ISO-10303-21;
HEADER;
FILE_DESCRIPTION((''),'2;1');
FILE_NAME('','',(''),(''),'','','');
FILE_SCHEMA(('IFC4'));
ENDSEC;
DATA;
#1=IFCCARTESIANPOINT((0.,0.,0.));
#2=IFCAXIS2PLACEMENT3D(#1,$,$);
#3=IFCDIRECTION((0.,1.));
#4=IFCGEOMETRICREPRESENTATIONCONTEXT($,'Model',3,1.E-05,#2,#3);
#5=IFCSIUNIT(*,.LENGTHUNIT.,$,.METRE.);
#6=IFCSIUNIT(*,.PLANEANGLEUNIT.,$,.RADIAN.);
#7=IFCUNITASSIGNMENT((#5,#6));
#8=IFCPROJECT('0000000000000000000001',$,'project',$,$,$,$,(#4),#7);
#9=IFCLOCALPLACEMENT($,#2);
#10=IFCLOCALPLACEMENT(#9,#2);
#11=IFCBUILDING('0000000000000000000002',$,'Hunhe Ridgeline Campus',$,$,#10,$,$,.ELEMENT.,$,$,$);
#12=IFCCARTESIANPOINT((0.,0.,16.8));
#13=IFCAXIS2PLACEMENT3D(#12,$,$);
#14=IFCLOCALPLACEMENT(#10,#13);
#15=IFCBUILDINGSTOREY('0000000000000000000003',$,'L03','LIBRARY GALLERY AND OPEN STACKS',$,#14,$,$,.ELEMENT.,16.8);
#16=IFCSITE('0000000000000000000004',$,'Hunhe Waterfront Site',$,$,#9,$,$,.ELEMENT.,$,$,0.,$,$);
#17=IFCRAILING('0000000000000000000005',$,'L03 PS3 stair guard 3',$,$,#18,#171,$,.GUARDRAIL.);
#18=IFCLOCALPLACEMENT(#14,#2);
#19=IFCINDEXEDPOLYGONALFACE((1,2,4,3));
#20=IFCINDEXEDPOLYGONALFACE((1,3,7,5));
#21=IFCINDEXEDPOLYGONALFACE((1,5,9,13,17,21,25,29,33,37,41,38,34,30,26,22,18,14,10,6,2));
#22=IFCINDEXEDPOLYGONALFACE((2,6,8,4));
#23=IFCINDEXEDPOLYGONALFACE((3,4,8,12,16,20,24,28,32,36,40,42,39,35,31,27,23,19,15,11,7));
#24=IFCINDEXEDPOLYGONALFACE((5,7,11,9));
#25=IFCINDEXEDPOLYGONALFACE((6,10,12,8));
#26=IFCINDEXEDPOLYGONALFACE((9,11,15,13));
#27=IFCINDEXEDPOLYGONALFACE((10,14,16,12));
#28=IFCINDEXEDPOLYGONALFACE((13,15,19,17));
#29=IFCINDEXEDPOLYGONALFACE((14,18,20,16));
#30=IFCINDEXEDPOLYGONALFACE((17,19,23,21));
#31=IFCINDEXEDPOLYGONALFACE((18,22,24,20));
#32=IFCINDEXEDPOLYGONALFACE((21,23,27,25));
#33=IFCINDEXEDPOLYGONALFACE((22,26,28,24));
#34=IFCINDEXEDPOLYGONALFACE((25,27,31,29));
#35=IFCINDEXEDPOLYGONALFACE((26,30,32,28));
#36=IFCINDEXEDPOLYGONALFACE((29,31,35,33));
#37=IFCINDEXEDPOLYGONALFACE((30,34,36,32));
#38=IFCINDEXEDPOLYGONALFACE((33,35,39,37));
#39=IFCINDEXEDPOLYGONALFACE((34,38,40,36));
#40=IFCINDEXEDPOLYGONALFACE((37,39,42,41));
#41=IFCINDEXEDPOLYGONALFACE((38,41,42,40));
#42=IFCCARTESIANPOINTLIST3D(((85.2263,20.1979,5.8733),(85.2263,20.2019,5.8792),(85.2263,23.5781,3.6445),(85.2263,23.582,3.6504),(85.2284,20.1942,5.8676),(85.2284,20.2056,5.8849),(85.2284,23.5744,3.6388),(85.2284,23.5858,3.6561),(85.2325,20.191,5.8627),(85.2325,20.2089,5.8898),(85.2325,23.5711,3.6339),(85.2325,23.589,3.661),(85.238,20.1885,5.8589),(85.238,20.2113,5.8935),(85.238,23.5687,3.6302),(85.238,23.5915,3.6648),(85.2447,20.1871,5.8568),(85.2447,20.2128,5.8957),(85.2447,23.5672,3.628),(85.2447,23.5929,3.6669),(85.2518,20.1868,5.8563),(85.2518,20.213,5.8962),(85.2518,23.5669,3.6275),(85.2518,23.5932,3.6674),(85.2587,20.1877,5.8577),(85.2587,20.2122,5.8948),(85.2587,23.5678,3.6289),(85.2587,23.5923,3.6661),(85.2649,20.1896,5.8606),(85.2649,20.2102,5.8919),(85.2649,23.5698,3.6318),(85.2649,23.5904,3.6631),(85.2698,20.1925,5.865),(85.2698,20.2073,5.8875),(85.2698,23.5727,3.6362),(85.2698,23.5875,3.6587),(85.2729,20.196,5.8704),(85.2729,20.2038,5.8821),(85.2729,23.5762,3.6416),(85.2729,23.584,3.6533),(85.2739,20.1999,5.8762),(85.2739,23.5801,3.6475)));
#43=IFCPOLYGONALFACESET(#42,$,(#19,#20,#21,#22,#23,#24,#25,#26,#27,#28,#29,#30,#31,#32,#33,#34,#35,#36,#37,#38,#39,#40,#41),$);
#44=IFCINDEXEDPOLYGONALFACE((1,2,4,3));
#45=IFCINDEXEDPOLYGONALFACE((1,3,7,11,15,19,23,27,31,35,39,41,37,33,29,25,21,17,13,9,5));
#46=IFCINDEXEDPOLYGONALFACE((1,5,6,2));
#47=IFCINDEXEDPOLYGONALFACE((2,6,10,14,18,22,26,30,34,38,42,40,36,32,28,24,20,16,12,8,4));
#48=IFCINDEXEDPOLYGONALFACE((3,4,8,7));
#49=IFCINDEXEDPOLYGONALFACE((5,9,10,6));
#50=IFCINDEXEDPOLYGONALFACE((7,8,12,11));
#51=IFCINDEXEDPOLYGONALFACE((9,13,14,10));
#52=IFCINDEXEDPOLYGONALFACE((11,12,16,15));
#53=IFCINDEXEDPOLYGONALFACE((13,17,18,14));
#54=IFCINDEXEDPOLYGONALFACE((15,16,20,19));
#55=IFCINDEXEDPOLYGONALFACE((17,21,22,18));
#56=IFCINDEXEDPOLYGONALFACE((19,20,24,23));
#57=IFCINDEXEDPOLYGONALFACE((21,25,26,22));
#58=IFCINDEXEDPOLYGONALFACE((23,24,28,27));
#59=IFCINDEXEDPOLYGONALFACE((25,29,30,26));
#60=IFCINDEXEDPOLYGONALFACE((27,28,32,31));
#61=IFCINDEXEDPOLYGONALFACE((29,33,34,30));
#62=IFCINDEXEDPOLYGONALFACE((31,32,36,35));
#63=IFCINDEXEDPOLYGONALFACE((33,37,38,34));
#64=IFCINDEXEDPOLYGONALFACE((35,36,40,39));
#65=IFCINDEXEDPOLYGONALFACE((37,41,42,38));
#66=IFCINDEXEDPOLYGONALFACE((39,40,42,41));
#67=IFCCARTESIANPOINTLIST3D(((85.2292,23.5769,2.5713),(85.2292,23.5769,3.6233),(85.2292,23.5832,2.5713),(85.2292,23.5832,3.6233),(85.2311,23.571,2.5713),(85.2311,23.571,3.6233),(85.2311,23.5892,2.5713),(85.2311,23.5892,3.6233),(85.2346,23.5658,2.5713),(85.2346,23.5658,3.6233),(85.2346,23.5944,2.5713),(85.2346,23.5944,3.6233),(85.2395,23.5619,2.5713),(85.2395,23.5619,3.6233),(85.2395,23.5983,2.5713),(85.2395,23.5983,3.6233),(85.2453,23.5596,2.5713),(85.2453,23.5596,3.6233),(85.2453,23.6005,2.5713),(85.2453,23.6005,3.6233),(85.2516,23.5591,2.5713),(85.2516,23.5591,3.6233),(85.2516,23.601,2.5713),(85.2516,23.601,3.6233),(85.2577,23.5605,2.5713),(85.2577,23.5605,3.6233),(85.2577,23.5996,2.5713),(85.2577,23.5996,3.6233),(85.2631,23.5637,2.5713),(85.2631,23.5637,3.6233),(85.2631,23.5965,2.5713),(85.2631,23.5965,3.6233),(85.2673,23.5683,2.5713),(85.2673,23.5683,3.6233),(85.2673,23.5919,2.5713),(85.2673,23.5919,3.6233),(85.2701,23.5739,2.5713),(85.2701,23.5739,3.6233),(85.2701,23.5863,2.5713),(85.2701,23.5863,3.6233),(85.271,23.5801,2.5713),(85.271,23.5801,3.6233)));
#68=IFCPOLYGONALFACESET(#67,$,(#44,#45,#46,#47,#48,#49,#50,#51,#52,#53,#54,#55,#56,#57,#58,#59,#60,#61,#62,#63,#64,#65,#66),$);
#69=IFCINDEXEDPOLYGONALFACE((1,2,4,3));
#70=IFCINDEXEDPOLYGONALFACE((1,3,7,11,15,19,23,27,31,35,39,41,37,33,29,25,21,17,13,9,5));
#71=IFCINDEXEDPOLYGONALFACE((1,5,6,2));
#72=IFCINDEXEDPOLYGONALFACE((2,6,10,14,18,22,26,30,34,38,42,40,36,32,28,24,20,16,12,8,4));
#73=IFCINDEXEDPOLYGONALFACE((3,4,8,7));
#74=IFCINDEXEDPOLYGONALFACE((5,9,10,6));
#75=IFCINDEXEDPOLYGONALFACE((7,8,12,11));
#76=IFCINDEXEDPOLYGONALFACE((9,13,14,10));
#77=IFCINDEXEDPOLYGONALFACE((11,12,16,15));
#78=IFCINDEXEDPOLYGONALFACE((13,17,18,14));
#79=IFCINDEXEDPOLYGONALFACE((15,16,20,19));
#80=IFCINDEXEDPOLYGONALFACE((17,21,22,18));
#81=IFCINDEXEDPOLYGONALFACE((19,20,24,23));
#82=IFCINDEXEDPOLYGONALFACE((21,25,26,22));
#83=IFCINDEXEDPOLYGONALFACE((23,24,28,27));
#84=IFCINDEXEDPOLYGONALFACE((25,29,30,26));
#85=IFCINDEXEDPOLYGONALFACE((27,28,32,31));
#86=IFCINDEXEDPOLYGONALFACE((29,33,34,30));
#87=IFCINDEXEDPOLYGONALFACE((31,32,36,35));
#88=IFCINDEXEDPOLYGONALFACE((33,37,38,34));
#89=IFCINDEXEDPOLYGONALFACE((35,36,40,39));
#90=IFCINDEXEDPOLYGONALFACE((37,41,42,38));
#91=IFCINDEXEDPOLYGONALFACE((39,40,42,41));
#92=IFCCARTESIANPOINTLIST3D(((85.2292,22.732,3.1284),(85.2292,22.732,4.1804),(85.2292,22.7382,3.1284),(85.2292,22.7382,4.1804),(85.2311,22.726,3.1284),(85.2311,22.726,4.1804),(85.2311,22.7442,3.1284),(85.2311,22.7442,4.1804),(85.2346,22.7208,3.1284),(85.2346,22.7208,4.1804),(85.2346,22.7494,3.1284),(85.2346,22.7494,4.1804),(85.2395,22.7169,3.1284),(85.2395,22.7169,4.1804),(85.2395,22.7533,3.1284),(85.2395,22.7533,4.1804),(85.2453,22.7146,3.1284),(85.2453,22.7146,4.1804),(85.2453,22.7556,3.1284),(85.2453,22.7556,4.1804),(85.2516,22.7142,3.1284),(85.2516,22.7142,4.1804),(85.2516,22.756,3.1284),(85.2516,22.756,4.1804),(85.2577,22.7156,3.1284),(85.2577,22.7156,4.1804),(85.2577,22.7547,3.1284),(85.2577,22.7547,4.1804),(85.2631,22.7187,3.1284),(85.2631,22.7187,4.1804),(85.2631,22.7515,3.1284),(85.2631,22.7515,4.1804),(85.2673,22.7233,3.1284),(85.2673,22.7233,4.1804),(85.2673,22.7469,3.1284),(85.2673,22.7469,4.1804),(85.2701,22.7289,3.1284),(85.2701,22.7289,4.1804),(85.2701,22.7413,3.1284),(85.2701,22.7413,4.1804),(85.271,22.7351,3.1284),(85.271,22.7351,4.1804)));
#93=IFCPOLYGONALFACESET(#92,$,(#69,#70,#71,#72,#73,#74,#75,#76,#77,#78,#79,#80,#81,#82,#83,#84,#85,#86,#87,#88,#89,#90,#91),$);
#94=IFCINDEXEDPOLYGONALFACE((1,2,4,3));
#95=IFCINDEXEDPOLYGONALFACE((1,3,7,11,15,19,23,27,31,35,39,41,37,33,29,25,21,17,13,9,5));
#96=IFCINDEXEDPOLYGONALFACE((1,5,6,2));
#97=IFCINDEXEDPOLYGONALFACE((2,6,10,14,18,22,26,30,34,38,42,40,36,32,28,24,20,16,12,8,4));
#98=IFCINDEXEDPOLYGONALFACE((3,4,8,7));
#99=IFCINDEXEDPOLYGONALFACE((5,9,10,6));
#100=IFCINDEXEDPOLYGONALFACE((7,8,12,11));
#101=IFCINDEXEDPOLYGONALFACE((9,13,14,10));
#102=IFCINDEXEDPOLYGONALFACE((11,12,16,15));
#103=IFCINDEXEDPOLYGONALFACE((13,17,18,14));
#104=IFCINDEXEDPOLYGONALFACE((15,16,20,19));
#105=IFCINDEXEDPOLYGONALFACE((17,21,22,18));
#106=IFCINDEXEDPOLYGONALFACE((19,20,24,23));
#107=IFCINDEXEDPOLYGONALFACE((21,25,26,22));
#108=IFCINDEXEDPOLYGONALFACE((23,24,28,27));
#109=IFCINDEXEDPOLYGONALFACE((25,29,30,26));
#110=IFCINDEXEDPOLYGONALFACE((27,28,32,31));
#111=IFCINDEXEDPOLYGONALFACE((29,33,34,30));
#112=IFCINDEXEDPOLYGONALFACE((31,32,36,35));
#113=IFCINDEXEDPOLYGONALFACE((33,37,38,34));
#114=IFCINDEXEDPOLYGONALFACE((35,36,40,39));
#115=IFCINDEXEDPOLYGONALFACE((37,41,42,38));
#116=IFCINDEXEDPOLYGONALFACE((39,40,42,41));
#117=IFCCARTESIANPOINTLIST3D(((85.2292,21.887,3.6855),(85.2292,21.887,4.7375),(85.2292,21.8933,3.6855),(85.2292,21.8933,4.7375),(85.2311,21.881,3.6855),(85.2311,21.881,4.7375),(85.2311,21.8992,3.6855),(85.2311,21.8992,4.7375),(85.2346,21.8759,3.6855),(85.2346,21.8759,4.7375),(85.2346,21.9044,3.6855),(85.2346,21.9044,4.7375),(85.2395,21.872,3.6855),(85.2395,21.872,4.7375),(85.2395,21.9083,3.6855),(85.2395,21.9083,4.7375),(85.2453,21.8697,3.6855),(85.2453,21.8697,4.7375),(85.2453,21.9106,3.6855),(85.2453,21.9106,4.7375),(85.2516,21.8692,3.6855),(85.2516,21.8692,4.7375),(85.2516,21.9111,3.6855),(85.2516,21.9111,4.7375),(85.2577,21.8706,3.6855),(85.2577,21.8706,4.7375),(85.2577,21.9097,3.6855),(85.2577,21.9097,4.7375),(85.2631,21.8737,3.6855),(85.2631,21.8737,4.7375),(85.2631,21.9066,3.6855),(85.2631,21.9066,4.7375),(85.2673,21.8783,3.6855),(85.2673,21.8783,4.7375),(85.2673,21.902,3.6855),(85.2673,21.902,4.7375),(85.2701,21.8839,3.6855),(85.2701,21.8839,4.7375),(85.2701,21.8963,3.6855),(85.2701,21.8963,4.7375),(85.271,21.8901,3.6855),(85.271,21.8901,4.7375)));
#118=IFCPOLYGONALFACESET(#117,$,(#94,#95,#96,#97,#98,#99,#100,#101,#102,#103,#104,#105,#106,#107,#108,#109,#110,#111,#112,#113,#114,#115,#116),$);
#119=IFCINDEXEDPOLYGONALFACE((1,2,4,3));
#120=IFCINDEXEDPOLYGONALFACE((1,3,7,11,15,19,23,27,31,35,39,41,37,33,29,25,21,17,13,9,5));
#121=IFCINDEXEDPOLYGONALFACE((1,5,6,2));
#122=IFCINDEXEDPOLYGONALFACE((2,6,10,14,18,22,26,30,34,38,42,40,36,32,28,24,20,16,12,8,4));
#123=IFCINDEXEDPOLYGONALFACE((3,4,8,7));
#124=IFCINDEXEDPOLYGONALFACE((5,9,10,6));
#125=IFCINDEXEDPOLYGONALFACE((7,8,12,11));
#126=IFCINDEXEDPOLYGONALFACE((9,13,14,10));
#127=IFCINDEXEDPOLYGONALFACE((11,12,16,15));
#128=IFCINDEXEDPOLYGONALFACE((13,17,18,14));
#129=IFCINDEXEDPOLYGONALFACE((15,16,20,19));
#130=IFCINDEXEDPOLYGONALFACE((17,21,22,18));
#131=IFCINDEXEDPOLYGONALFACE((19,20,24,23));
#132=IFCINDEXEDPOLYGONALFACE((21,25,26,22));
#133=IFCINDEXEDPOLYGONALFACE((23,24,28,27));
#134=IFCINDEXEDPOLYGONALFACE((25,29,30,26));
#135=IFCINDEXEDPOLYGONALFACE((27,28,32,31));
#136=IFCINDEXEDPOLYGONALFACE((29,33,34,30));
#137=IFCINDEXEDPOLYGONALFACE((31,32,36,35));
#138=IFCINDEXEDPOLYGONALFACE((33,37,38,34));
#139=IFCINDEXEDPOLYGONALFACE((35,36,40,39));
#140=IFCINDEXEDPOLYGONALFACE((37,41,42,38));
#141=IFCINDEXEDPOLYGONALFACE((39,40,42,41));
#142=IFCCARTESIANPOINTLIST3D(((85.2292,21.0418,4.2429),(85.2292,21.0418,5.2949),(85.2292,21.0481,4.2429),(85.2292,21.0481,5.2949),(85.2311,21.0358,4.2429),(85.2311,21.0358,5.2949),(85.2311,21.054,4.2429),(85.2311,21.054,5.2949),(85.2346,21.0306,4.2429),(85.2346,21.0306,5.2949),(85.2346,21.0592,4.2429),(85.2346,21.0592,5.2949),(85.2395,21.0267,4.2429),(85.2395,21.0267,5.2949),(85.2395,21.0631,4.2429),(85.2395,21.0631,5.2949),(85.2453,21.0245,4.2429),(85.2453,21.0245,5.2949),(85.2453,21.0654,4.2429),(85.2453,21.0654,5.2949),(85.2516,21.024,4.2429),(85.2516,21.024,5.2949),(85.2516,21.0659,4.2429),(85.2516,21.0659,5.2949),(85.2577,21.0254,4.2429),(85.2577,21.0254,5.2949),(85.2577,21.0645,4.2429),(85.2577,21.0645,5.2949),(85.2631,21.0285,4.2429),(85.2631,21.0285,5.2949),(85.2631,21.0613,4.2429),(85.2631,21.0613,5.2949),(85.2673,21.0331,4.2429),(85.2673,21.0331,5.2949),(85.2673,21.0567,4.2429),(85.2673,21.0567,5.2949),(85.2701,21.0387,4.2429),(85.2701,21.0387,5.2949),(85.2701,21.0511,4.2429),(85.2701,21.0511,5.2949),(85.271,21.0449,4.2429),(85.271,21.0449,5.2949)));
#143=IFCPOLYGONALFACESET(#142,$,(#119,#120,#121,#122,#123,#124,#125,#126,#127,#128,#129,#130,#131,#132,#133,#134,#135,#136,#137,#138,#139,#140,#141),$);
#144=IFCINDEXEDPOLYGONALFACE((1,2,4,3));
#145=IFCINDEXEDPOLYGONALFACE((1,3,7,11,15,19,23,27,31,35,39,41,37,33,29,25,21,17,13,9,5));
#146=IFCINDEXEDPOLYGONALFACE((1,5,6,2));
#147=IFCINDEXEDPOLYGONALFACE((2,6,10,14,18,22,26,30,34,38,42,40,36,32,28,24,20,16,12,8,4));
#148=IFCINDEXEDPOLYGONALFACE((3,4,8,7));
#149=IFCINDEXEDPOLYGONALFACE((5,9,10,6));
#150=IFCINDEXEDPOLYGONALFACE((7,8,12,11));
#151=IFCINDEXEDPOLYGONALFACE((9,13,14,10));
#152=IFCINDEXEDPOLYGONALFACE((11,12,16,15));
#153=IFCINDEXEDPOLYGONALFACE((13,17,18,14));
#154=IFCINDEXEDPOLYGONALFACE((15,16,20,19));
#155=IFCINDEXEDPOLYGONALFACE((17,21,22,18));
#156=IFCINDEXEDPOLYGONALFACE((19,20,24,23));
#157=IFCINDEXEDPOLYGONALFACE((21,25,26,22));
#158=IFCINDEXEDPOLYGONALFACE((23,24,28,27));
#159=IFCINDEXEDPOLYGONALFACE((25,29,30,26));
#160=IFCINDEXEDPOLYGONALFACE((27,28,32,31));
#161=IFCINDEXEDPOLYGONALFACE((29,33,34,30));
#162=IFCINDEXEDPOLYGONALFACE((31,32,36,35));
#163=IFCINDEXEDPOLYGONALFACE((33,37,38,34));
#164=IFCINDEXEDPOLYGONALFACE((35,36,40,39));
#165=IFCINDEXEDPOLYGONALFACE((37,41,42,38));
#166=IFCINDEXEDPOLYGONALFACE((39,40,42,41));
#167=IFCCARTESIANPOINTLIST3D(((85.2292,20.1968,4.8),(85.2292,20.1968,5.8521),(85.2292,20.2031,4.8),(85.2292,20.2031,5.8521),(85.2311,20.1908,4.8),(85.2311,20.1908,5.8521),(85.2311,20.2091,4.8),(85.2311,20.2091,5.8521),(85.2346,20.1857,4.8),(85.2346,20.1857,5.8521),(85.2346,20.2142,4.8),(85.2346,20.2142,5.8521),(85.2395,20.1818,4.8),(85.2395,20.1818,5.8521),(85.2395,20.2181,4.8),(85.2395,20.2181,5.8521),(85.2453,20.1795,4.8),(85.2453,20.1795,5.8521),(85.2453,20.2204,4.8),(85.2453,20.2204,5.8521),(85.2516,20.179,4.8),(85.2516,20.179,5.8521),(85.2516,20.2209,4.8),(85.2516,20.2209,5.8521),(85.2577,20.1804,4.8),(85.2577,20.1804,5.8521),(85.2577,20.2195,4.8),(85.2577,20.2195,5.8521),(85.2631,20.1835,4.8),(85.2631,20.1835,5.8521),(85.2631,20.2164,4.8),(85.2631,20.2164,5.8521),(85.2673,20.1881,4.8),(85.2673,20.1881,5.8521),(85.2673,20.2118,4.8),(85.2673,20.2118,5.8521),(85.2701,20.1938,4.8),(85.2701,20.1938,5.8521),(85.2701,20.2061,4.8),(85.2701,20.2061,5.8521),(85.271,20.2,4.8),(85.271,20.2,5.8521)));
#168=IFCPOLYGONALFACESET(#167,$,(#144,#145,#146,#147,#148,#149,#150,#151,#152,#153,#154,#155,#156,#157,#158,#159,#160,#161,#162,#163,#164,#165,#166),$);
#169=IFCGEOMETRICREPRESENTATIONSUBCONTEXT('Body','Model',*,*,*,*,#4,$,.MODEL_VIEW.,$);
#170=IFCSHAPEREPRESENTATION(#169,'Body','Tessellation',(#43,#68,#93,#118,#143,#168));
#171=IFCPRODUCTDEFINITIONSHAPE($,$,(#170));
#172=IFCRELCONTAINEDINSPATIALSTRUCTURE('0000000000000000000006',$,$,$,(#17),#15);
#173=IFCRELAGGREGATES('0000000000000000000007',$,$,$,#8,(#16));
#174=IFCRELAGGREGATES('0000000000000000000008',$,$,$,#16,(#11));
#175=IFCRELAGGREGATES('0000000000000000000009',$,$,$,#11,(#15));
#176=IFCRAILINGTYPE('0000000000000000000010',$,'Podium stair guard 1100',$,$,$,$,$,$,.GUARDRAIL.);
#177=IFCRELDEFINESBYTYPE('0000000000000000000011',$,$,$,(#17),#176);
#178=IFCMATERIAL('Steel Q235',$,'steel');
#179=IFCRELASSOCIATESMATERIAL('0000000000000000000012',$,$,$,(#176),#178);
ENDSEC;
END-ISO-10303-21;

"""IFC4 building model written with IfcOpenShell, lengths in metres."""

from ifc_helpers import new_model, si_unit, direction, frame, origin, origin_2d, place, context, subcontext, project, spatial, circle, extrude, material, type_object, element, save


model = new_model("IFC4")

# Units and contexts
model_context = context("Model", 3, precision=1e-05, world=origin(), true_north=direction((0.0, 1.0)))
body_context = subcontext(model_context, "Body", "Model", "MODEL_VIEW")
ifc_project = project(units=[si_unit("LENGTHUNIT", "METRE"), si_unit("PLANEANGLEUNIT", "RADIAN")], contexts=[model_context])

# Site, building, storey
site_placement = place(None, origin())
site = spatial("IfcSite", under=ifc_project, at=site_placement, Name="Hunhe Waterfront Site", CompositionType="ELEMENT", RefElevation=0.0)
building_placement = place(site_placement, origin())
building = spatial("IfcBuilding", under=site, at=building_placement, Name="Hunhe Ridgeline Campus", CompositionType="ELEMENT")
storey_placement = place(building_placement, frame((0.0, 0.0, 16.8)))
storey = spatial("IfcBuildingStorey", under=building, at=storey_placement, Name="L03", Description="LIBRARY GALLERY AND OPEN STACKS", CompositionType="ELEMENT", Elevation=16.8)

# Railing
ifc_material_1 = material(Name="Steel Q235", Category="steel")
railing_type_1 = type_object("IfcRailingType", Name="Podium stair guard 1100", PredefinedType="GUARDRAIL", material=ifc_material_1)
railing_1_placement = place(storey_placement, frame((85.25, 23.5801, 2.5713)))
element("IfcRailing", 1, at=railing_1_placement, inside=storey, type_object=railing_type_1, Name="L03 PS3 stair guard 3", PredefinedType="GUARDRAIL", context=body_context, shape_type="SweptSolid", body=[
    extrude(circle(Radius=0.0239, at=origin_2d()), frame((0.0, 0.0, 1.0762), z_axis=(0.0, -0.834851, 0.550477), x_axis=(1.0, 0.0, 0.0)), (0.0, 0.0, 1.0), 4.0488),
    extrude(circle(Radius=0.021, at=origin_2d()), origin(), (0.0, 0.0, 1.0), 1.052),
    extrude(circle(Radius=0.021, at=origin_2d()), frame((0.0, -0.845, 0.5571)), (0.0, 0.0, 1.0), 1.052),
    extrude(circle(Radius=0.021, at=origin_2d()), frame((0.0, -1.6899, 1.1143)), (0.0, 0.0, 1.0), 1.052),
    extrude(circle(Radius=0.021, at=origin_2d()), frame((0.0, -2.5352, 1.6716)), (0.0, 0.0, 1.0), 1.052),
    extrude(circle(Radius=0.021, at=origin_2d()), frame((0.0, -3.3801, 2.2288)), (0.0, 0.0, 1.0), 1.052),
])

save(model, "model.ifc")
